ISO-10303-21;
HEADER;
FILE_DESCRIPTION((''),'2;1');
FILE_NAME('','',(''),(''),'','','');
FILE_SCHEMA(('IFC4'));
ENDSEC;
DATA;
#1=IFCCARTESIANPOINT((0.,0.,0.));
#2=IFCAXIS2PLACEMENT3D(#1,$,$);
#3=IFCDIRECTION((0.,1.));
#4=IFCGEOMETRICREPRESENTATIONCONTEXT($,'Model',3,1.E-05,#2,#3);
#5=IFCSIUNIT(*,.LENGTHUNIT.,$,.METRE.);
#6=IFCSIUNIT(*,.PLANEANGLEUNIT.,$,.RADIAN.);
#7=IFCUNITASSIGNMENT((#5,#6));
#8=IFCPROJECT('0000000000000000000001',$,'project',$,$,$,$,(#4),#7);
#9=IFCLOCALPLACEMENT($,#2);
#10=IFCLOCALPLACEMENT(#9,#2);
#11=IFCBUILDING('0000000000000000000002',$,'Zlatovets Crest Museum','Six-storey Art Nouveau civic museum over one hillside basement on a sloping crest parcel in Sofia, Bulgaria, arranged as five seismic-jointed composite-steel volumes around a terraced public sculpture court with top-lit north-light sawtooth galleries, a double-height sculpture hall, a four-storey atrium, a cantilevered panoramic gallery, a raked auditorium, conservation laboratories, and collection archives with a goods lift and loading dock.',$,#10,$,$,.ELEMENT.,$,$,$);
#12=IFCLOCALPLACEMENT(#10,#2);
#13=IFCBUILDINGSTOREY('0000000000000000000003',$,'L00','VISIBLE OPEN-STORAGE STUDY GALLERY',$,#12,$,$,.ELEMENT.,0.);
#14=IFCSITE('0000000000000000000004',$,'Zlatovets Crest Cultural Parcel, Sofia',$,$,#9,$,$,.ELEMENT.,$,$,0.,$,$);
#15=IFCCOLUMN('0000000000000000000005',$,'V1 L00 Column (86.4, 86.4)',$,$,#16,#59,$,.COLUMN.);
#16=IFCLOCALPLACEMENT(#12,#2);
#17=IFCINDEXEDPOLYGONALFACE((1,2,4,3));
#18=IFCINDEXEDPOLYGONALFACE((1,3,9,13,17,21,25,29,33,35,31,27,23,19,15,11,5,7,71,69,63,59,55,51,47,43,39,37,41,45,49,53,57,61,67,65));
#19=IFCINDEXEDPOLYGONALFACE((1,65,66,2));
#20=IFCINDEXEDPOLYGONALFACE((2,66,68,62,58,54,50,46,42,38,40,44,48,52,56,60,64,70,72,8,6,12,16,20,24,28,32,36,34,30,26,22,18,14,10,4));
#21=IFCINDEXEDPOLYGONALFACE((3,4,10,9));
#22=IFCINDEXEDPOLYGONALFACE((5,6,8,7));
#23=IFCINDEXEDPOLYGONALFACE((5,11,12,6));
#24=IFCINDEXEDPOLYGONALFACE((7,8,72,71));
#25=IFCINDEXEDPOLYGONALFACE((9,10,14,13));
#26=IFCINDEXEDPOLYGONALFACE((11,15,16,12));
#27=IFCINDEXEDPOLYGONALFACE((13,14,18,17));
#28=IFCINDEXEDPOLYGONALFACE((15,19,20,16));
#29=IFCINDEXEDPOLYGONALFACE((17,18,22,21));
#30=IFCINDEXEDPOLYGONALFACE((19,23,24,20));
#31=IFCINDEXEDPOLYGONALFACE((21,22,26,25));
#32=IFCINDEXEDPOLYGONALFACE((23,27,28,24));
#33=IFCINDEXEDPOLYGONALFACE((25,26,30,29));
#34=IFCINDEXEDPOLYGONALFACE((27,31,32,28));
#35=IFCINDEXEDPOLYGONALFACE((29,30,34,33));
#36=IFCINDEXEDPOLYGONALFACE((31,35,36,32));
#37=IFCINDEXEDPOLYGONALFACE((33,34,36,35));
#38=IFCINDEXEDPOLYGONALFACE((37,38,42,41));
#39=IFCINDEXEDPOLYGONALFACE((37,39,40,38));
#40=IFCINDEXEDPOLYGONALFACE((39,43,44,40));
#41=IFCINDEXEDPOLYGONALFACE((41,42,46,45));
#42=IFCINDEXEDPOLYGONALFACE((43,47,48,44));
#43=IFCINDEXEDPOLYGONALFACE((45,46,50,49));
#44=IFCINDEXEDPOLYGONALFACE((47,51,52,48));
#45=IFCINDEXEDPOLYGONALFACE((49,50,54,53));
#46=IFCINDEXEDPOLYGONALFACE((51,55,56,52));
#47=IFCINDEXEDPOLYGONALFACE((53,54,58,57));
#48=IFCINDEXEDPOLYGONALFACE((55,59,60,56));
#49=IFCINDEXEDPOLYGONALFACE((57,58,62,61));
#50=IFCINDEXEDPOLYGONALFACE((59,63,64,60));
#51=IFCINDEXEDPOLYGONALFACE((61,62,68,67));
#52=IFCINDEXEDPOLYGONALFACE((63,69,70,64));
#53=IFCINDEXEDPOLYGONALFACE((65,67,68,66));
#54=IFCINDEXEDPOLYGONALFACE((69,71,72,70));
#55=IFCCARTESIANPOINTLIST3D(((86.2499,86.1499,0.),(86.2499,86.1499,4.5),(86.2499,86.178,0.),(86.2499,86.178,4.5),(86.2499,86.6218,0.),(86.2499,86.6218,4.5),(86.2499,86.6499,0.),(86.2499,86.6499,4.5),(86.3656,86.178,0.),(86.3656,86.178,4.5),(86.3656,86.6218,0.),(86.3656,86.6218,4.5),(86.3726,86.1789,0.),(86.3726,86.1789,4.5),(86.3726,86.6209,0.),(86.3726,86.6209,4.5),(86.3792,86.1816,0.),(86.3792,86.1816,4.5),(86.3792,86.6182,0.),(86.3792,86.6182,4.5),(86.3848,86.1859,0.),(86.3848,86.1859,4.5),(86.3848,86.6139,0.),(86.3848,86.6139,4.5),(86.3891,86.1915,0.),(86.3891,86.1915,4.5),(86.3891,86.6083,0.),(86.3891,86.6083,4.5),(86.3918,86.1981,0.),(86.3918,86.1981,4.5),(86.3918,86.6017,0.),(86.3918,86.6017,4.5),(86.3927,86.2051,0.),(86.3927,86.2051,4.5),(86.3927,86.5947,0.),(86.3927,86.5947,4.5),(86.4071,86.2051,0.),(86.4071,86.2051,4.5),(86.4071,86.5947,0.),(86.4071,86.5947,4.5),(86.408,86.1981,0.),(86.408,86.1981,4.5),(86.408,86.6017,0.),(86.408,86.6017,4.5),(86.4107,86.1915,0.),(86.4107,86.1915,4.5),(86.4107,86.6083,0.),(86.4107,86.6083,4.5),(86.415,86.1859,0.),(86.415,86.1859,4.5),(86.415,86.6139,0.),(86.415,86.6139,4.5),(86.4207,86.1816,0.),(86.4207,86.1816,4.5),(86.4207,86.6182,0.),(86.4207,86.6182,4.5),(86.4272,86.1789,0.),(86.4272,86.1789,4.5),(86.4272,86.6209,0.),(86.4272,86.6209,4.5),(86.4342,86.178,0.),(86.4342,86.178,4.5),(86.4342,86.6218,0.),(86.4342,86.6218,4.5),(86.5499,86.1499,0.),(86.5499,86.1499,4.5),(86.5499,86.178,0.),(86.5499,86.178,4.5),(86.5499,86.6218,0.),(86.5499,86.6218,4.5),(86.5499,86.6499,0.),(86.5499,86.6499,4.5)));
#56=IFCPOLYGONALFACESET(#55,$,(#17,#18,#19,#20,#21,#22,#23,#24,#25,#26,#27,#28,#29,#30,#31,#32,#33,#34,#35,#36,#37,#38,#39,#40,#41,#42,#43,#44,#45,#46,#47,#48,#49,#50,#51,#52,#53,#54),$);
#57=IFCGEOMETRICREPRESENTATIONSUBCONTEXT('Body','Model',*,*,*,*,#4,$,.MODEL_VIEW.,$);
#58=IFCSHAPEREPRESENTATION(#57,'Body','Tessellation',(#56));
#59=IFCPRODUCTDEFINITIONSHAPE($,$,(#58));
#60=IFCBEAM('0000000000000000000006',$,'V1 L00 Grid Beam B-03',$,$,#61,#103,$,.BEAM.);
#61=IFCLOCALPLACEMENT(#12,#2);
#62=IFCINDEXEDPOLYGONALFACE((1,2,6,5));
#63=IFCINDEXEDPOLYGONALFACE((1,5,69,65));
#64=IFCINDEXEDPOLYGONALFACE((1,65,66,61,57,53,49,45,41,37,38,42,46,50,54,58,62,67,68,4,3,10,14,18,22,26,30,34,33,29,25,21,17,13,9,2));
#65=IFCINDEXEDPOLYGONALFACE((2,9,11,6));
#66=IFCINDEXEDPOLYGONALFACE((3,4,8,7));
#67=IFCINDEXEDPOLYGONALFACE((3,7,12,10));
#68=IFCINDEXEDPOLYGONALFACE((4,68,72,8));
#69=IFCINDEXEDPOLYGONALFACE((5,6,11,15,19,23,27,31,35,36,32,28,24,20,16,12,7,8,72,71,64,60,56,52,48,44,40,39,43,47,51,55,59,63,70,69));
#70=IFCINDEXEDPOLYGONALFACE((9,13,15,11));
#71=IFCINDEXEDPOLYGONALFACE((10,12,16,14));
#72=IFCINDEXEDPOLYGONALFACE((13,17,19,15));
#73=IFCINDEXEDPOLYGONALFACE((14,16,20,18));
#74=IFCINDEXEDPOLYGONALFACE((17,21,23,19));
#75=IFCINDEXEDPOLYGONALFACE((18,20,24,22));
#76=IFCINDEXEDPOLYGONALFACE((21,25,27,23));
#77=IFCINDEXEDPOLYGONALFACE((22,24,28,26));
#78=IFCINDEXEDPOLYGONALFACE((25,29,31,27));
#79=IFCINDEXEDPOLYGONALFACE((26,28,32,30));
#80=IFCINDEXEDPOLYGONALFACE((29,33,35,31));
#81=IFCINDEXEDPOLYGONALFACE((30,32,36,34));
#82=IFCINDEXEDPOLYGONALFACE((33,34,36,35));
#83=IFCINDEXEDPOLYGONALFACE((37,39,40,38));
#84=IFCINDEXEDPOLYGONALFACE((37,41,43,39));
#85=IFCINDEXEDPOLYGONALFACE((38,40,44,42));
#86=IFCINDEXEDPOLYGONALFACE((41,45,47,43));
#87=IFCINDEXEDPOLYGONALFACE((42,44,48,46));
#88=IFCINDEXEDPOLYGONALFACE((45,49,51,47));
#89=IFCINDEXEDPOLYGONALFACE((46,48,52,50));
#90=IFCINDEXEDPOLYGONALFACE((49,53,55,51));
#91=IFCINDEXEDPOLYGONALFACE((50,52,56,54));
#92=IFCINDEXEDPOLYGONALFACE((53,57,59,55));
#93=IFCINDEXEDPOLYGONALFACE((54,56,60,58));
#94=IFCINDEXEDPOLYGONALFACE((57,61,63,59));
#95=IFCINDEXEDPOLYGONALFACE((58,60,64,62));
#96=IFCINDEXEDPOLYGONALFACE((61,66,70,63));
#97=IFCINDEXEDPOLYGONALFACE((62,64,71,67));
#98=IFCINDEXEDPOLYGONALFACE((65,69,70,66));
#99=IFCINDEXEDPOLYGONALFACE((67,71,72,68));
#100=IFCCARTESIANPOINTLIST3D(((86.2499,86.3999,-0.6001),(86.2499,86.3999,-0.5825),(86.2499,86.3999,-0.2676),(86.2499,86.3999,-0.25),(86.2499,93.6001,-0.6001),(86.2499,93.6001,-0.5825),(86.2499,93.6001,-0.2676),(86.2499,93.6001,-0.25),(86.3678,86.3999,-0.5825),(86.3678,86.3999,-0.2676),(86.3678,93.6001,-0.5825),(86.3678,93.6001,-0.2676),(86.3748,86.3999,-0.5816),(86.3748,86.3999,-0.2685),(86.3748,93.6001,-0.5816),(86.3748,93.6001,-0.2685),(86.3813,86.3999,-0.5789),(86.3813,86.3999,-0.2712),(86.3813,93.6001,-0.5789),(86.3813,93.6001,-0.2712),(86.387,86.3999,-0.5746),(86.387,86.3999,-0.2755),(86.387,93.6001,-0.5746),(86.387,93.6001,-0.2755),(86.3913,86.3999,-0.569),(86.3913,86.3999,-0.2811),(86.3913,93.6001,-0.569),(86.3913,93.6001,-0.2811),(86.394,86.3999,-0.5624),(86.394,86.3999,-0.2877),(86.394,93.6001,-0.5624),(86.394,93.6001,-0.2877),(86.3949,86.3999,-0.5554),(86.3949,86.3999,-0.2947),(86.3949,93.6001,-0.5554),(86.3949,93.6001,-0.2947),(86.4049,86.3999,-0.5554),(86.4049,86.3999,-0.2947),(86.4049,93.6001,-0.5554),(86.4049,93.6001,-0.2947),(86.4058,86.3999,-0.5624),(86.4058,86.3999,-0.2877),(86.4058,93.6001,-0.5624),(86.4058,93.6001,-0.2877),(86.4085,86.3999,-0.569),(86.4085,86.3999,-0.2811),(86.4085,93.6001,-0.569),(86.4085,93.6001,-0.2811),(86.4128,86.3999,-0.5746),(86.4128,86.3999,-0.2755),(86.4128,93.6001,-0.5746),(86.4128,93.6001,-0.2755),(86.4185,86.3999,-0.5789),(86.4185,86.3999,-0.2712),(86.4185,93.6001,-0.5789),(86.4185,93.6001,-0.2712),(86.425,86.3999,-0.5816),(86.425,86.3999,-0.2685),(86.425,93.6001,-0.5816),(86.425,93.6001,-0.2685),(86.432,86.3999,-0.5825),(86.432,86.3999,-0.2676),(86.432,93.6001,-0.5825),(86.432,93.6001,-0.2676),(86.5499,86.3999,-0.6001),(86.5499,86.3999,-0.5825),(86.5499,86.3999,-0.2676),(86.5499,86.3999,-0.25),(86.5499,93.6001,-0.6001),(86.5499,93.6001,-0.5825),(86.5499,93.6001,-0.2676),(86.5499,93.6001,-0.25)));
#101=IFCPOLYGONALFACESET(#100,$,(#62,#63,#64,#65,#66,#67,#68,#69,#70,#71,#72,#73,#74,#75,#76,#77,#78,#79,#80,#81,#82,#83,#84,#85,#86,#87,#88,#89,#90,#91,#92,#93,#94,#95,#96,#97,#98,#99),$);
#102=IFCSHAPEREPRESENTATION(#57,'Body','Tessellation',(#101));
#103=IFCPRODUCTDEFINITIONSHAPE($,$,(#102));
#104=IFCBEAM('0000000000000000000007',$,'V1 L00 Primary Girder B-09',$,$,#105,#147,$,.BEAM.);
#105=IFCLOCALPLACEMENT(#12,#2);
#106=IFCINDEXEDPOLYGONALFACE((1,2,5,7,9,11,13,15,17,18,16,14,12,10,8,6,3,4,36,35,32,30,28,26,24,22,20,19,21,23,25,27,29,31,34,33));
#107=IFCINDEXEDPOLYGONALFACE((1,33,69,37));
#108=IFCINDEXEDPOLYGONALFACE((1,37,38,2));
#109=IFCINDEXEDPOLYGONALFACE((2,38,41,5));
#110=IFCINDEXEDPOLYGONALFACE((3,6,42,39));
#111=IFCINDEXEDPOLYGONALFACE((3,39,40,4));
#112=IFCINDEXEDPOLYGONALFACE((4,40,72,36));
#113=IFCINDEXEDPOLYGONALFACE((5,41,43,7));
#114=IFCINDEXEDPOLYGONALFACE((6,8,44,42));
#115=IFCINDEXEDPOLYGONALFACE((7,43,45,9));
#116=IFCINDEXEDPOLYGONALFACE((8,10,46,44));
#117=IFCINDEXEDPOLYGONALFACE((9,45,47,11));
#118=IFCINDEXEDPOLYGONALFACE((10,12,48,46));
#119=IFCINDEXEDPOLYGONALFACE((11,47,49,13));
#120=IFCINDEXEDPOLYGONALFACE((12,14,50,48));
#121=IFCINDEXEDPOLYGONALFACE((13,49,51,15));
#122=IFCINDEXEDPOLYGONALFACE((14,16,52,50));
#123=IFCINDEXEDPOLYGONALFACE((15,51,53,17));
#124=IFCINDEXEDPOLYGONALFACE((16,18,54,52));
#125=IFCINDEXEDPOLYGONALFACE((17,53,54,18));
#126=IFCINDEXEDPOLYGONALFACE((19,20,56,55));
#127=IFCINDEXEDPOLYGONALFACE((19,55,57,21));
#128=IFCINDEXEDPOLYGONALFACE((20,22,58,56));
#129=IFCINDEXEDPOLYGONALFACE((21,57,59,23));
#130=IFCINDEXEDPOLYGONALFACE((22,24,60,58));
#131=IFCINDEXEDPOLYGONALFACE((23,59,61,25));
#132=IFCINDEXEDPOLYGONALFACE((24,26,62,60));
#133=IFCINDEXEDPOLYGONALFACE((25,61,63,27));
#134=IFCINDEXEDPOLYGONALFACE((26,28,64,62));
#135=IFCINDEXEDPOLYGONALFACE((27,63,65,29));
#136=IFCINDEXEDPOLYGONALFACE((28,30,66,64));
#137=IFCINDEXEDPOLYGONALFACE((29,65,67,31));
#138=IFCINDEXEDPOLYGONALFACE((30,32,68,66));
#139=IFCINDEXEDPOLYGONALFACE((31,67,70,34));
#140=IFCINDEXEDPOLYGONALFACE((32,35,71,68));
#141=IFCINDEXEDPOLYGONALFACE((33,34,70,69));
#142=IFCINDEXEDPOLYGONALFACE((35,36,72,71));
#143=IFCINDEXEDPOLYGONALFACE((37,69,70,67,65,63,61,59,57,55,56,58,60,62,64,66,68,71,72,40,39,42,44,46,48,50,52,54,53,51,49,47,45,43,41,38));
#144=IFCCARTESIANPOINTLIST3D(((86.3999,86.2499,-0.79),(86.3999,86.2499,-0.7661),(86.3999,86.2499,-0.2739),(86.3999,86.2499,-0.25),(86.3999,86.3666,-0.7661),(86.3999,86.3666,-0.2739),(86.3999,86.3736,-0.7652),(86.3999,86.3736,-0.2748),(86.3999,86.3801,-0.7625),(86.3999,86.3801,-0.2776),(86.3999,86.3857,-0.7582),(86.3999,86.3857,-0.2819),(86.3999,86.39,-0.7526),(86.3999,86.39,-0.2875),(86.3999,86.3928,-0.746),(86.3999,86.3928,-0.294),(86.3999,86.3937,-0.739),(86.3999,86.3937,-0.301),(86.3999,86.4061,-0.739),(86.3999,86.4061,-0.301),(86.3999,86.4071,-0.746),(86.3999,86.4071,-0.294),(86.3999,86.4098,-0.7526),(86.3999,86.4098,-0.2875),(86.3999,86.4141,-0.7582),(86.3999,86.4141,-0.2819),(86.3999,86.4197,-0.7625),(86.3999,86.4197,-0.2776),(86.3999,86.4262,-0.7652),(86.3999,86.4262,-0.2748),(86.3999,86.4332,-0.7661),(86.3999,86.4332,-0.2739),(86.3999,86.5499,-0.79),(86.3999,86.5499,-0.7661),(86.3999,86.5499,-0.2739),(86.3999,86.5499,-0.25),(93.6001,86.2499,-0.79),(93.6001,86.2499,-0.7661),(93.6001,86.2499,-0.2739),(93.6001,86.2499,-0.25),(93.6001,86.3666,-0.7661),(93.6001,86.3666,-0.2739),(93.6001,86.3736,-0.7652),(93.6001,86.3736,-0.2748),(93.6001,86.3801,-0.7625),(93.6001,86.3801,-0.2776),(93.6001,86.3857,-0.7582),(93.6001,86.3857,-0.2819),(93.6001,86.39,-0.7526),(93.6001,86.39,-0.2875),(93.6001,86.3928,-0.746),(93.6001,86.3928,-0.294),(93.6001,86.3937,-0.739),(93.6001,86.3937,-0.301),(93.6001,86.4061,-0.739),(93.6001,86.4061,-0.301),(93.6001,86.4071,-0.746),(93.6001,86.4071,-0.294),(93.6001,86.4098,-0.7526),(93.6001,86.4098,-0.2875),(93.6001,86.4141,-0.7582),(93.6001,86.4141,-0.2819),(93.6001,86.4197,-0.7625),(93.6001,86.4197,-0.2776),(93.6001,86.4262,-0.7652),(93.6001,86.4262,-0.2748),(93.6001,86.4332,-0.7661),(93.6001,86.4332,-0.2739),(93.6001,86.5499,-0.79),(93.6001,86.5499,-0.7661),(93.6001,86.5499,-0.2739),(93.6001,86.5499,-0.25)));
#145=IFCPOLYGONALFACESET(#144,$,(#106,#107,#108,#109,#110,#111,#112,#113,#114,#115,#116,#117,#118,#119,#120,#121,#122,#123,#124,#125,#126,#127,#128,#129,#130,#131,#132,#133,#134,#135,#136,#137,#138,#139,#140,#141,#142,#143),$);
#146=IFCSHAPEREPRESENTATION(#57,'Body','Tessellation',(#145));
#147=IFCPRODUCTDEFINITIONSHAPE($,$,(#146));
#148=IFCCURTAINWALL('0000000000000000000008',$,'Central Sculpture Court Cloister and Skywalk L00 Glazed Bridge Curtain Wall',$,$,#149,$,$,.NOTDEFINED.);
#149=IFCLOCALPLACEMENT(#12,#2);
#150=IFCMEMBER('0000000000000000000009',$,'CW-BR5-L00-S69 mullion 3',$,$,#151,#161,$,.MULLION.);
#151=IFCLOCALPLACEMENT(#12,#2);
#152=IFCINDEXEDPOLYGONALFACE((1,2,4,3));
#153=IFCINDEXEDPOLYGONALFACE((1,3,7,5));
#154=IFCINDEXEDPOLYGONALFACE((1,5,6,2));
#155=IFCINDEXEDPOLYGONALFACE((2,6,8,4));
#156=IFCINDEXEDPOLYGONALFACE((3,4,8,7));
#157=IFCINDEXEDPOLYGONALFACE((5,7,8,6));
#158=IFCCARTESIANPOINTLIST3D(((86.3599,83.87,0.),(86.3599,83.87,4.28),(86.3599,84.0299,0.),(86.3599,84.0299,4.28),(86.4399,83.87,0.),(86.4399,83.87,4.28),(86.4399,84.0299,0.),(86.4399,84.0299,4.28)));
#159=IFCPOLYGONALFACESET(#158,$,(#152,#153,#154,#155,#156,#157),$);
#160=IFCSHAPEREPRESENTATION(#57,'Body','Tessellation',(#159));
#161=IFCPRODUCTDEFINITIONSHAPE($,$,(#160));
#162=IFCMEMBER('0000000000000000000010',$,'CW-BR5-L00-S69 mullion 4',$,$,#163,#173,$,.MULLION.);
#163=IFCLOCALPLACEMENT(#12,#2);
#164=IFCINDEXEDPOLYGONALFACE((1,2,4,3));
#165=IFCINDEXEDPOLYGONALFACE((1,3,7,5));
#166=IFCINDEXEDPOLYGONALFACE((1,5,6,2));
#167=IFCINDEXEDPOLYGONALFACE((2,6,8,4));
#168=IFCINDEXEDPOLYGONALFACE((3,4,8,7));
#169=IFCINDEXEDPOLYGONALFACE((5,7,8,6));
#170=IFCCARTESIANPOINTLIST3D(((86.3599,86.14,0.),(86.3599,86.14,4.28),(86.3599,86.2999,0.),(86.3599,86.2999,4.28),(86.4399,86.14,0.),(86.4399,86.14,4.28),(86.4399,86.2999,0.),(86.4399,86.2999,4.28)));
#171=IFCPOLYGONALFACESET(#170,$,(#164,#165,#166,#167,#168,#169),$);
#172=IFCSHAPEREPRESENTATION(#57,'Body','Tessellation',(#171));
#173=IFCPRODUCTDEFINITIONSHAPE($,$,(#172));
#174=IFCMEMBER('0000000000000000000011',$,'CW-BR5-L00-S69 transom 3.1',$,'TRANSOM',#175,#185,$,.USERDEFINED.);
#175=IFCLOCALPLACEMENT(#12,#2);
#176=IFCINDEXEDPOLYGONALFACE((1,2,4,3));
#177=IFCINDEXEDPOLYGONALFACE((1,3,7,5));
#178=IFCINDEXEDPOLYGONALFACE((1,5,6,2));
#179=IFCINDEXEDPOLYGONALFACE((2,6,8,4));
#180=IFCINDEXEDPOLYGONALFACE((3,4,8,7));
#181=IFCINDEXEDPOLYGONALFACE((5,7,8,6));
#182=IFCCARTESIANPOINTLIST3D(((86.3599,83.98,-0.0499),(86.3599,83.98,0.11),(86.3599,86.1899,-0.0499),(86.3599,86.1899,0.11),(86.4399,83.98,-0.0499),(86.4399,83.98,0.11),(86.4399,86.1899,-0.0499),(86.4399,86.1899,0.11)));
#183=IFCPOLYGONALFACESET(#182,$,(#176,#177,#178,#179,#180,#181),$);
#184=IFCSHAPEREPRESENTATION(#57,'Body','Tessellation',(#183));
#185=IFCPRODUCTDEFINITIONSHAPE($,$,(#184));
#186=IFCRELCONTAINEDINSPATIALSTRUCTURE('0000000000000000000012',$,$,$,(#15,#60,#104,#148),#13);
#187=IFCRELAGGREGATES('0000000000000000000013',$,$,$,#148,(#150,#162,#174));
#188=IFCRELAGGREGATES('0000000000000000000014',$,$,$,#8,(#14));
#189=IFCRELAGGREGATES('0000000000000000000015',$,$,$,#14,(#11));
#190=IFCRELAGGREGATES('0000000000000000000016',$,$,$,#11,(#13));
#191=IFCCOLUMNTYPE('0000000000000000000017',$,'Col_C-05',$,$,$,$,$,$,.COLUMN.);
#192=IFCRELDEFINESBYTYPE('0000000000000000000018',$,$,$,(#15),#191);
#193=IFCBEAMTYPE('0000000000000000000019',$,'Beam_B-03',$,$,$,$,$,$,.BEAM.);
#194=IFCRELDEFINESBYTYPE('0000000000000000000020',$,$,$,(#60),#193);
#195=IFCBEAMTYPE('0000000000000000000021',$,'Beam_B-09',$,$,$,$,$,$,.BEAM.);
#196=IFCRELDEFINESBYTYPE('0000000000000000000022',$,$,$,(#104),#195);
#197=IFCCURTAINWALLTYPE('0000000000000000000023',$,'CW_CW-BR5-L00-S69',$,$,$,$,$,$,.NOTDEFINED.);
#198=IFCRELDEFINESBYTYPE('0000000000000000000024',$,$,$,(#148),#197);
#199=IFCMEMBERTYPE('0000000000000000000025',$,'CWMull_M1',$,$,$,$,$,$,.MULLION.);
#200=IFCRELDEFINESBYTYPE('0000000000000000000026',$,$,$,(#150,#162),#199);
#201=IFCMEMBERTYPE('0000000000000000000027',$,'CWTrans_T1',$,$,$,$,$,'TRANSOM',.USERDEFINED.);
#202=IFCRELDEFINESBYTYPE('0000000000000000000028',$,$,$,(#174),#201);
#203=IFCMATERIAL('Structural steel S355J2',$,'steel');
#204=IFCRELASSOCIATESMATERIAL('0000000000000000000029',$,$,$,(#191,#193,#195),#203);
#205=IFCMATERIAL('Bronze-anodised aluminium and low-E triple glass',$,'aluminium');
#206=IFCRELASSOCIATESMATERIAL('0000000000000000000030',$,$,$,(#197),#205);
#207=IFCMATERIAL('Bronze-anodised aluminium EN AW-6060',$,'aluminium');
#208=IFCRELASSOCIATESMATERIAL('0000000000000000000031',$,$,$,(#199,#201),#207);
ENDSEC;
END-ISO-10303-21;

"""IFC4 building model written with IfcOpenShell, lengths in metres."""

from ifc_helpers import new_model, si_unit, direction, frame, origin, origin_2d, place, context, subcontext, project, spatial, rectangle, i_section, extrude, material, material_profile, profile_set, type_object, element, aggregate, save


model = new_model("IFC4")

# Units and contexts
model_context = context("Model", 3, precision=1e-05, world=origin(), true_north=direction((0.0, 1.0)))
body_context = subcontext(model_context, "Body", "Model", "MODEL_VIEW")
ifc_project = project(units=[si_unit("LENGTHUNIT", "METRE"), si_unit("PLANEANGLEUNIT", "RADIAN")], contexts=[model_context])

# Site, building, storey
site_placement = place(None, origin())
site = spatial("IfcSite", under=ifc_project, at=site_placement, Name="Zlatovets Crest Cultural Parcel, Sofia", CompositionType="ELEMENT", RefElevation=0.0)
building_placement = place(site_placement, origin())
building = spatial("IfcBuilding", under=site, at=building_placement, Name="Zlatovets Crest Museum", Description="Six-storey Art Nouveau civic museum over one hillside basement on a sloping crest parcel in Sofia, Bulgaria, arranged as five seismic-jointed composite-steel volumes around a terraced public sculpture court with top-lit north-light sawtooth galleries, a double-height sculpture hall, a four-storey atrium, a cantilevered panoramic gallery, a raked auditorium, conservation laboratories, and collection archives with a goods lift and loading dock.", CompositionType="ELEMENT")
storey_placement = place(building_placement, origin())
storey = spatial("IfcBuildingStorey", under=building, at=storey_placement, Name="L00", Description="VISIBLE OPEN-STORAGE STUDY GALLERY", CompositionType="ELEMENT", Elevation=0.0)

# Column
ifc_material_1 = material(Name="Structural steel S355J2", Category="steel")
ifc_material_profile_1 = material_profile(ifc_material_1, i_section(OverallWidth=0.3, OverallDepth=0.5, WebThickness=0.0144, FlangeThickness=0.0281, FilletRadius=0.0271, at=origin_2d()), Name="HEB 500")
ifc_profile_set_1 = profile_set([ifc_material_profile_1], Name="Structural steel S355J2")
column_type = type_object("IfcColumnType", Name="Col_C-05", PredefinedType="COLUMN", material=ifc_profile_set_1)
column_placement = place(storey_placement, frame((86.3999, 86.3999, 0.0), z_axis=(0.0, 0.0, 1.0), x_axis=(1.0, 0.0, 0.0)))
element("IfcColumn", 1, at=column_placement, inside=storey, type_object=column_type, Name="V1 L00 Column (86.4, 86.4)", PredefinedType="COLUMN", context=body_context, shape_type="SweptSolid", body=[
    extrude(i_section(OverallWidth=0.3, OverallDepth=0.5, WebThickness=0.0144, FlangeThickness=0.0281, FilletRadius=0.0271, at=origin_2d()), origin(), (0.0, 0.0, 1.0), 4.5),
])

# Beams
ifc_material_profile_2 = material_profile(ifc_material_1, i_section(OverallWidth=0.3, OverallDepth=0.3501, WebThickness=0.01, FlangeThickness=0.0176, FilletRadius=0.0271, at=origin_2d()), Name="HEA 360")
ifc_profile_set_2 = profile_set([ifc_material_profile_2], Name="Structural steel S355J2")
beam_type_1 = type_object("IfcBeamType", Name="Beam_B-03", PredefinedType="BEAM", material=ifc_profile_set_2)
beam_1_placement = place(storey_placement, frame((86.3999, 86.3999, -0.425), z_axis=(0.0, 1.0, 0.0), x_axis=(-1.0, 0.0, 0.0)))
element("IfcBeam", 2, at=beam_1_placement, inside=storey, type_object=beam_type_1, Name="V1 L00 Grid Beam B-03", PredefinedType="BEAM", context=body_context, shape_type="SweptSolid", body=[
    extrude(i_section(OverallWidth=0.3, OverallDepth=0.3501, WebThickness=0.01, FlangeThickness=0.0176, FilletRadius=0.0271, at=origin_2d()), origin(), (0.0, 0.0, 1.0), 7.2002),
])
ifc_material_profile_3 = material_profile(ifc_material_1, i_section(OverallWidth=0.3, OverallDepth=0.54, WebThickness=0.0125, FlangeThickness=0.0239, FilletRadius=0.0271, at=origin_2d()), Name="HEA 550")
ifc_profile_set_3 = profile_set([ifc_material_profile_3], Name="Structural steel S355J2")
beam_type_2 = type_object("IfcBeamType", Name="Beam_B-09", PredefinedType="BEAM", material=ifc_profile_set_3)
beam_2_placement = place(storey_placement, frame((86.3999, 86.3999, -0.52), z_axis=(1.0, 0.0, 0.0), x_axis=(0.0, 1.0, 0.0)))
element("IfcBeam", 3, at=beam_2_placement, inside=storey, type_object=beam_type_2, Name="V1 L00 Primary Girder B-09", PredefinedType="BEAM", context=body_context, shape_type="SweptSolid", body=[
    extrude(i_section(OverallWidth=0.3, OverallDepth=0.54, WebThickness=0.0125, FlangeThickness=0.0239, FilletRadius=0.0271, at=origin_2d()), origin(), (0.0, 0.0, 1.0), 7.2002),
])

# Curtain wall, members
ifc_material_2 = material(Name="Bronze-anodised aluminium and low-E triple glass", Category="aluminium")
curtain_wall_type = type_object("IfcCurtainWallType", Name="CW_CW-BR5-L00-S69", PredefinedType="NOTDEFINED", material=ifc_material_2)
curtain_wall_placement = place(storey_placement, origin())
curtain_wall = element("IfcCurtainWall", 4, at=curtain_wall_placement, inside=storey, type_object=curtain_wall_type, Name="Central Sculpture Court Cloister and Skywalk L00 Glazed Bridge Curtain Wall", PredefinedType="NOTDEFINED")
ifc_material_3 = material(Name="Bronze-anodised aluminium EN AW-6060", Category="aluminium")
ifc_material_profile_4 = material_profile(ifc_material_3, rectangle(XDim=0.0801, YDim=0.1599, at=origin_2d()), Name="ALU 80x160")
ifc_profile_set_4 = profile_set([ifc_material_profile_4], Name="Bronze-anodised aluminium EN AW-6060")
member_type_1 = type_object("IfcMemberType", Name="CWMull_M1", PredefinedType="MULLION", material=ifc_profile_set_4)
member_1_placement = place(storey_placement, frame((86.3999, 83.95, 0.0), z_axis=(0.0, 0.0, 1.0), x_axis=(-1.0, 0.0, 0.0)))
member_1 = element("IfcMember", 5, at=member_1_placement, type_object=member_type_1, Name="CW-BR5-L00-S69 mullion 3", PredefinedType="MULLION", context=body_context, shape_type="SweptSolid", body=[
    extrude(rectangle(XDim=0.0801, YDim=0.1599, at=origin_2d()), origin(), (0.0, 0.0, 1.0), 4.28),
])
member_2_placement = place(storey_placement, frame((86.3999, 86.22, 0.0), z_axis=(0.0, 0.0, 1.0), x_axis=(-1.0, 0.0, 0.0)))
member_2 = element("IfcMember", 6, at=member_2_placement, type_object=member_type_1, Name="CW-BR5-L00-S69 mullion 4", PredefinedType="MULLION", context=body_context, shape_type="SweptSolid", body=[
    extrude(rectangle(XDim=0.0801, YDim=0.1599, at=origin_2d()), origin(), (0.0, 0.0, 1.0), 4.28),
])
ifc_material_profile_5 = material_profile(ifc_material_3, rectangle(XDim=0.0801, YDim=0.1599, at=origin_2d()), Name="ALU 80x160")
ifc_profile_set_5 = profile_set([ifc_material_profile_5], Name="Bronze-anodised aluminium EN AW-6060")
member_type_2 = type_object("IfcMemberType", Name="CWTrans_T1", ElementType="TRANSOM", PredefinedType="USERDEFINED", material=ifc_profile_set_5)
member_3_placement = place(storey_placement, frame((86.3999, 83.98, 0.03), z_axis=(0.0, 1.0, 0.0), x_axis=(-1.0, 0.0, 0.0)))
member_3 = element("IfcMember", 7, at=member_3_placement, type_object=member_type_2, Name="CW-BR5-L00-S69 transom 3.1", ObjectType="TRANSOM", PredefinedType="USERDEFINED", context=body_context, shape_type="SweptSolid", body=[
    extrude(rectangle(XDim=0.0801, YDim=0.1599, at=origin_2d()), origin(), (0.0, 0.0, 1.0), 2.21),
])
aggregate(curtain_wall, [member_1, member_2, member_3])

save(model, "model.ifc")
